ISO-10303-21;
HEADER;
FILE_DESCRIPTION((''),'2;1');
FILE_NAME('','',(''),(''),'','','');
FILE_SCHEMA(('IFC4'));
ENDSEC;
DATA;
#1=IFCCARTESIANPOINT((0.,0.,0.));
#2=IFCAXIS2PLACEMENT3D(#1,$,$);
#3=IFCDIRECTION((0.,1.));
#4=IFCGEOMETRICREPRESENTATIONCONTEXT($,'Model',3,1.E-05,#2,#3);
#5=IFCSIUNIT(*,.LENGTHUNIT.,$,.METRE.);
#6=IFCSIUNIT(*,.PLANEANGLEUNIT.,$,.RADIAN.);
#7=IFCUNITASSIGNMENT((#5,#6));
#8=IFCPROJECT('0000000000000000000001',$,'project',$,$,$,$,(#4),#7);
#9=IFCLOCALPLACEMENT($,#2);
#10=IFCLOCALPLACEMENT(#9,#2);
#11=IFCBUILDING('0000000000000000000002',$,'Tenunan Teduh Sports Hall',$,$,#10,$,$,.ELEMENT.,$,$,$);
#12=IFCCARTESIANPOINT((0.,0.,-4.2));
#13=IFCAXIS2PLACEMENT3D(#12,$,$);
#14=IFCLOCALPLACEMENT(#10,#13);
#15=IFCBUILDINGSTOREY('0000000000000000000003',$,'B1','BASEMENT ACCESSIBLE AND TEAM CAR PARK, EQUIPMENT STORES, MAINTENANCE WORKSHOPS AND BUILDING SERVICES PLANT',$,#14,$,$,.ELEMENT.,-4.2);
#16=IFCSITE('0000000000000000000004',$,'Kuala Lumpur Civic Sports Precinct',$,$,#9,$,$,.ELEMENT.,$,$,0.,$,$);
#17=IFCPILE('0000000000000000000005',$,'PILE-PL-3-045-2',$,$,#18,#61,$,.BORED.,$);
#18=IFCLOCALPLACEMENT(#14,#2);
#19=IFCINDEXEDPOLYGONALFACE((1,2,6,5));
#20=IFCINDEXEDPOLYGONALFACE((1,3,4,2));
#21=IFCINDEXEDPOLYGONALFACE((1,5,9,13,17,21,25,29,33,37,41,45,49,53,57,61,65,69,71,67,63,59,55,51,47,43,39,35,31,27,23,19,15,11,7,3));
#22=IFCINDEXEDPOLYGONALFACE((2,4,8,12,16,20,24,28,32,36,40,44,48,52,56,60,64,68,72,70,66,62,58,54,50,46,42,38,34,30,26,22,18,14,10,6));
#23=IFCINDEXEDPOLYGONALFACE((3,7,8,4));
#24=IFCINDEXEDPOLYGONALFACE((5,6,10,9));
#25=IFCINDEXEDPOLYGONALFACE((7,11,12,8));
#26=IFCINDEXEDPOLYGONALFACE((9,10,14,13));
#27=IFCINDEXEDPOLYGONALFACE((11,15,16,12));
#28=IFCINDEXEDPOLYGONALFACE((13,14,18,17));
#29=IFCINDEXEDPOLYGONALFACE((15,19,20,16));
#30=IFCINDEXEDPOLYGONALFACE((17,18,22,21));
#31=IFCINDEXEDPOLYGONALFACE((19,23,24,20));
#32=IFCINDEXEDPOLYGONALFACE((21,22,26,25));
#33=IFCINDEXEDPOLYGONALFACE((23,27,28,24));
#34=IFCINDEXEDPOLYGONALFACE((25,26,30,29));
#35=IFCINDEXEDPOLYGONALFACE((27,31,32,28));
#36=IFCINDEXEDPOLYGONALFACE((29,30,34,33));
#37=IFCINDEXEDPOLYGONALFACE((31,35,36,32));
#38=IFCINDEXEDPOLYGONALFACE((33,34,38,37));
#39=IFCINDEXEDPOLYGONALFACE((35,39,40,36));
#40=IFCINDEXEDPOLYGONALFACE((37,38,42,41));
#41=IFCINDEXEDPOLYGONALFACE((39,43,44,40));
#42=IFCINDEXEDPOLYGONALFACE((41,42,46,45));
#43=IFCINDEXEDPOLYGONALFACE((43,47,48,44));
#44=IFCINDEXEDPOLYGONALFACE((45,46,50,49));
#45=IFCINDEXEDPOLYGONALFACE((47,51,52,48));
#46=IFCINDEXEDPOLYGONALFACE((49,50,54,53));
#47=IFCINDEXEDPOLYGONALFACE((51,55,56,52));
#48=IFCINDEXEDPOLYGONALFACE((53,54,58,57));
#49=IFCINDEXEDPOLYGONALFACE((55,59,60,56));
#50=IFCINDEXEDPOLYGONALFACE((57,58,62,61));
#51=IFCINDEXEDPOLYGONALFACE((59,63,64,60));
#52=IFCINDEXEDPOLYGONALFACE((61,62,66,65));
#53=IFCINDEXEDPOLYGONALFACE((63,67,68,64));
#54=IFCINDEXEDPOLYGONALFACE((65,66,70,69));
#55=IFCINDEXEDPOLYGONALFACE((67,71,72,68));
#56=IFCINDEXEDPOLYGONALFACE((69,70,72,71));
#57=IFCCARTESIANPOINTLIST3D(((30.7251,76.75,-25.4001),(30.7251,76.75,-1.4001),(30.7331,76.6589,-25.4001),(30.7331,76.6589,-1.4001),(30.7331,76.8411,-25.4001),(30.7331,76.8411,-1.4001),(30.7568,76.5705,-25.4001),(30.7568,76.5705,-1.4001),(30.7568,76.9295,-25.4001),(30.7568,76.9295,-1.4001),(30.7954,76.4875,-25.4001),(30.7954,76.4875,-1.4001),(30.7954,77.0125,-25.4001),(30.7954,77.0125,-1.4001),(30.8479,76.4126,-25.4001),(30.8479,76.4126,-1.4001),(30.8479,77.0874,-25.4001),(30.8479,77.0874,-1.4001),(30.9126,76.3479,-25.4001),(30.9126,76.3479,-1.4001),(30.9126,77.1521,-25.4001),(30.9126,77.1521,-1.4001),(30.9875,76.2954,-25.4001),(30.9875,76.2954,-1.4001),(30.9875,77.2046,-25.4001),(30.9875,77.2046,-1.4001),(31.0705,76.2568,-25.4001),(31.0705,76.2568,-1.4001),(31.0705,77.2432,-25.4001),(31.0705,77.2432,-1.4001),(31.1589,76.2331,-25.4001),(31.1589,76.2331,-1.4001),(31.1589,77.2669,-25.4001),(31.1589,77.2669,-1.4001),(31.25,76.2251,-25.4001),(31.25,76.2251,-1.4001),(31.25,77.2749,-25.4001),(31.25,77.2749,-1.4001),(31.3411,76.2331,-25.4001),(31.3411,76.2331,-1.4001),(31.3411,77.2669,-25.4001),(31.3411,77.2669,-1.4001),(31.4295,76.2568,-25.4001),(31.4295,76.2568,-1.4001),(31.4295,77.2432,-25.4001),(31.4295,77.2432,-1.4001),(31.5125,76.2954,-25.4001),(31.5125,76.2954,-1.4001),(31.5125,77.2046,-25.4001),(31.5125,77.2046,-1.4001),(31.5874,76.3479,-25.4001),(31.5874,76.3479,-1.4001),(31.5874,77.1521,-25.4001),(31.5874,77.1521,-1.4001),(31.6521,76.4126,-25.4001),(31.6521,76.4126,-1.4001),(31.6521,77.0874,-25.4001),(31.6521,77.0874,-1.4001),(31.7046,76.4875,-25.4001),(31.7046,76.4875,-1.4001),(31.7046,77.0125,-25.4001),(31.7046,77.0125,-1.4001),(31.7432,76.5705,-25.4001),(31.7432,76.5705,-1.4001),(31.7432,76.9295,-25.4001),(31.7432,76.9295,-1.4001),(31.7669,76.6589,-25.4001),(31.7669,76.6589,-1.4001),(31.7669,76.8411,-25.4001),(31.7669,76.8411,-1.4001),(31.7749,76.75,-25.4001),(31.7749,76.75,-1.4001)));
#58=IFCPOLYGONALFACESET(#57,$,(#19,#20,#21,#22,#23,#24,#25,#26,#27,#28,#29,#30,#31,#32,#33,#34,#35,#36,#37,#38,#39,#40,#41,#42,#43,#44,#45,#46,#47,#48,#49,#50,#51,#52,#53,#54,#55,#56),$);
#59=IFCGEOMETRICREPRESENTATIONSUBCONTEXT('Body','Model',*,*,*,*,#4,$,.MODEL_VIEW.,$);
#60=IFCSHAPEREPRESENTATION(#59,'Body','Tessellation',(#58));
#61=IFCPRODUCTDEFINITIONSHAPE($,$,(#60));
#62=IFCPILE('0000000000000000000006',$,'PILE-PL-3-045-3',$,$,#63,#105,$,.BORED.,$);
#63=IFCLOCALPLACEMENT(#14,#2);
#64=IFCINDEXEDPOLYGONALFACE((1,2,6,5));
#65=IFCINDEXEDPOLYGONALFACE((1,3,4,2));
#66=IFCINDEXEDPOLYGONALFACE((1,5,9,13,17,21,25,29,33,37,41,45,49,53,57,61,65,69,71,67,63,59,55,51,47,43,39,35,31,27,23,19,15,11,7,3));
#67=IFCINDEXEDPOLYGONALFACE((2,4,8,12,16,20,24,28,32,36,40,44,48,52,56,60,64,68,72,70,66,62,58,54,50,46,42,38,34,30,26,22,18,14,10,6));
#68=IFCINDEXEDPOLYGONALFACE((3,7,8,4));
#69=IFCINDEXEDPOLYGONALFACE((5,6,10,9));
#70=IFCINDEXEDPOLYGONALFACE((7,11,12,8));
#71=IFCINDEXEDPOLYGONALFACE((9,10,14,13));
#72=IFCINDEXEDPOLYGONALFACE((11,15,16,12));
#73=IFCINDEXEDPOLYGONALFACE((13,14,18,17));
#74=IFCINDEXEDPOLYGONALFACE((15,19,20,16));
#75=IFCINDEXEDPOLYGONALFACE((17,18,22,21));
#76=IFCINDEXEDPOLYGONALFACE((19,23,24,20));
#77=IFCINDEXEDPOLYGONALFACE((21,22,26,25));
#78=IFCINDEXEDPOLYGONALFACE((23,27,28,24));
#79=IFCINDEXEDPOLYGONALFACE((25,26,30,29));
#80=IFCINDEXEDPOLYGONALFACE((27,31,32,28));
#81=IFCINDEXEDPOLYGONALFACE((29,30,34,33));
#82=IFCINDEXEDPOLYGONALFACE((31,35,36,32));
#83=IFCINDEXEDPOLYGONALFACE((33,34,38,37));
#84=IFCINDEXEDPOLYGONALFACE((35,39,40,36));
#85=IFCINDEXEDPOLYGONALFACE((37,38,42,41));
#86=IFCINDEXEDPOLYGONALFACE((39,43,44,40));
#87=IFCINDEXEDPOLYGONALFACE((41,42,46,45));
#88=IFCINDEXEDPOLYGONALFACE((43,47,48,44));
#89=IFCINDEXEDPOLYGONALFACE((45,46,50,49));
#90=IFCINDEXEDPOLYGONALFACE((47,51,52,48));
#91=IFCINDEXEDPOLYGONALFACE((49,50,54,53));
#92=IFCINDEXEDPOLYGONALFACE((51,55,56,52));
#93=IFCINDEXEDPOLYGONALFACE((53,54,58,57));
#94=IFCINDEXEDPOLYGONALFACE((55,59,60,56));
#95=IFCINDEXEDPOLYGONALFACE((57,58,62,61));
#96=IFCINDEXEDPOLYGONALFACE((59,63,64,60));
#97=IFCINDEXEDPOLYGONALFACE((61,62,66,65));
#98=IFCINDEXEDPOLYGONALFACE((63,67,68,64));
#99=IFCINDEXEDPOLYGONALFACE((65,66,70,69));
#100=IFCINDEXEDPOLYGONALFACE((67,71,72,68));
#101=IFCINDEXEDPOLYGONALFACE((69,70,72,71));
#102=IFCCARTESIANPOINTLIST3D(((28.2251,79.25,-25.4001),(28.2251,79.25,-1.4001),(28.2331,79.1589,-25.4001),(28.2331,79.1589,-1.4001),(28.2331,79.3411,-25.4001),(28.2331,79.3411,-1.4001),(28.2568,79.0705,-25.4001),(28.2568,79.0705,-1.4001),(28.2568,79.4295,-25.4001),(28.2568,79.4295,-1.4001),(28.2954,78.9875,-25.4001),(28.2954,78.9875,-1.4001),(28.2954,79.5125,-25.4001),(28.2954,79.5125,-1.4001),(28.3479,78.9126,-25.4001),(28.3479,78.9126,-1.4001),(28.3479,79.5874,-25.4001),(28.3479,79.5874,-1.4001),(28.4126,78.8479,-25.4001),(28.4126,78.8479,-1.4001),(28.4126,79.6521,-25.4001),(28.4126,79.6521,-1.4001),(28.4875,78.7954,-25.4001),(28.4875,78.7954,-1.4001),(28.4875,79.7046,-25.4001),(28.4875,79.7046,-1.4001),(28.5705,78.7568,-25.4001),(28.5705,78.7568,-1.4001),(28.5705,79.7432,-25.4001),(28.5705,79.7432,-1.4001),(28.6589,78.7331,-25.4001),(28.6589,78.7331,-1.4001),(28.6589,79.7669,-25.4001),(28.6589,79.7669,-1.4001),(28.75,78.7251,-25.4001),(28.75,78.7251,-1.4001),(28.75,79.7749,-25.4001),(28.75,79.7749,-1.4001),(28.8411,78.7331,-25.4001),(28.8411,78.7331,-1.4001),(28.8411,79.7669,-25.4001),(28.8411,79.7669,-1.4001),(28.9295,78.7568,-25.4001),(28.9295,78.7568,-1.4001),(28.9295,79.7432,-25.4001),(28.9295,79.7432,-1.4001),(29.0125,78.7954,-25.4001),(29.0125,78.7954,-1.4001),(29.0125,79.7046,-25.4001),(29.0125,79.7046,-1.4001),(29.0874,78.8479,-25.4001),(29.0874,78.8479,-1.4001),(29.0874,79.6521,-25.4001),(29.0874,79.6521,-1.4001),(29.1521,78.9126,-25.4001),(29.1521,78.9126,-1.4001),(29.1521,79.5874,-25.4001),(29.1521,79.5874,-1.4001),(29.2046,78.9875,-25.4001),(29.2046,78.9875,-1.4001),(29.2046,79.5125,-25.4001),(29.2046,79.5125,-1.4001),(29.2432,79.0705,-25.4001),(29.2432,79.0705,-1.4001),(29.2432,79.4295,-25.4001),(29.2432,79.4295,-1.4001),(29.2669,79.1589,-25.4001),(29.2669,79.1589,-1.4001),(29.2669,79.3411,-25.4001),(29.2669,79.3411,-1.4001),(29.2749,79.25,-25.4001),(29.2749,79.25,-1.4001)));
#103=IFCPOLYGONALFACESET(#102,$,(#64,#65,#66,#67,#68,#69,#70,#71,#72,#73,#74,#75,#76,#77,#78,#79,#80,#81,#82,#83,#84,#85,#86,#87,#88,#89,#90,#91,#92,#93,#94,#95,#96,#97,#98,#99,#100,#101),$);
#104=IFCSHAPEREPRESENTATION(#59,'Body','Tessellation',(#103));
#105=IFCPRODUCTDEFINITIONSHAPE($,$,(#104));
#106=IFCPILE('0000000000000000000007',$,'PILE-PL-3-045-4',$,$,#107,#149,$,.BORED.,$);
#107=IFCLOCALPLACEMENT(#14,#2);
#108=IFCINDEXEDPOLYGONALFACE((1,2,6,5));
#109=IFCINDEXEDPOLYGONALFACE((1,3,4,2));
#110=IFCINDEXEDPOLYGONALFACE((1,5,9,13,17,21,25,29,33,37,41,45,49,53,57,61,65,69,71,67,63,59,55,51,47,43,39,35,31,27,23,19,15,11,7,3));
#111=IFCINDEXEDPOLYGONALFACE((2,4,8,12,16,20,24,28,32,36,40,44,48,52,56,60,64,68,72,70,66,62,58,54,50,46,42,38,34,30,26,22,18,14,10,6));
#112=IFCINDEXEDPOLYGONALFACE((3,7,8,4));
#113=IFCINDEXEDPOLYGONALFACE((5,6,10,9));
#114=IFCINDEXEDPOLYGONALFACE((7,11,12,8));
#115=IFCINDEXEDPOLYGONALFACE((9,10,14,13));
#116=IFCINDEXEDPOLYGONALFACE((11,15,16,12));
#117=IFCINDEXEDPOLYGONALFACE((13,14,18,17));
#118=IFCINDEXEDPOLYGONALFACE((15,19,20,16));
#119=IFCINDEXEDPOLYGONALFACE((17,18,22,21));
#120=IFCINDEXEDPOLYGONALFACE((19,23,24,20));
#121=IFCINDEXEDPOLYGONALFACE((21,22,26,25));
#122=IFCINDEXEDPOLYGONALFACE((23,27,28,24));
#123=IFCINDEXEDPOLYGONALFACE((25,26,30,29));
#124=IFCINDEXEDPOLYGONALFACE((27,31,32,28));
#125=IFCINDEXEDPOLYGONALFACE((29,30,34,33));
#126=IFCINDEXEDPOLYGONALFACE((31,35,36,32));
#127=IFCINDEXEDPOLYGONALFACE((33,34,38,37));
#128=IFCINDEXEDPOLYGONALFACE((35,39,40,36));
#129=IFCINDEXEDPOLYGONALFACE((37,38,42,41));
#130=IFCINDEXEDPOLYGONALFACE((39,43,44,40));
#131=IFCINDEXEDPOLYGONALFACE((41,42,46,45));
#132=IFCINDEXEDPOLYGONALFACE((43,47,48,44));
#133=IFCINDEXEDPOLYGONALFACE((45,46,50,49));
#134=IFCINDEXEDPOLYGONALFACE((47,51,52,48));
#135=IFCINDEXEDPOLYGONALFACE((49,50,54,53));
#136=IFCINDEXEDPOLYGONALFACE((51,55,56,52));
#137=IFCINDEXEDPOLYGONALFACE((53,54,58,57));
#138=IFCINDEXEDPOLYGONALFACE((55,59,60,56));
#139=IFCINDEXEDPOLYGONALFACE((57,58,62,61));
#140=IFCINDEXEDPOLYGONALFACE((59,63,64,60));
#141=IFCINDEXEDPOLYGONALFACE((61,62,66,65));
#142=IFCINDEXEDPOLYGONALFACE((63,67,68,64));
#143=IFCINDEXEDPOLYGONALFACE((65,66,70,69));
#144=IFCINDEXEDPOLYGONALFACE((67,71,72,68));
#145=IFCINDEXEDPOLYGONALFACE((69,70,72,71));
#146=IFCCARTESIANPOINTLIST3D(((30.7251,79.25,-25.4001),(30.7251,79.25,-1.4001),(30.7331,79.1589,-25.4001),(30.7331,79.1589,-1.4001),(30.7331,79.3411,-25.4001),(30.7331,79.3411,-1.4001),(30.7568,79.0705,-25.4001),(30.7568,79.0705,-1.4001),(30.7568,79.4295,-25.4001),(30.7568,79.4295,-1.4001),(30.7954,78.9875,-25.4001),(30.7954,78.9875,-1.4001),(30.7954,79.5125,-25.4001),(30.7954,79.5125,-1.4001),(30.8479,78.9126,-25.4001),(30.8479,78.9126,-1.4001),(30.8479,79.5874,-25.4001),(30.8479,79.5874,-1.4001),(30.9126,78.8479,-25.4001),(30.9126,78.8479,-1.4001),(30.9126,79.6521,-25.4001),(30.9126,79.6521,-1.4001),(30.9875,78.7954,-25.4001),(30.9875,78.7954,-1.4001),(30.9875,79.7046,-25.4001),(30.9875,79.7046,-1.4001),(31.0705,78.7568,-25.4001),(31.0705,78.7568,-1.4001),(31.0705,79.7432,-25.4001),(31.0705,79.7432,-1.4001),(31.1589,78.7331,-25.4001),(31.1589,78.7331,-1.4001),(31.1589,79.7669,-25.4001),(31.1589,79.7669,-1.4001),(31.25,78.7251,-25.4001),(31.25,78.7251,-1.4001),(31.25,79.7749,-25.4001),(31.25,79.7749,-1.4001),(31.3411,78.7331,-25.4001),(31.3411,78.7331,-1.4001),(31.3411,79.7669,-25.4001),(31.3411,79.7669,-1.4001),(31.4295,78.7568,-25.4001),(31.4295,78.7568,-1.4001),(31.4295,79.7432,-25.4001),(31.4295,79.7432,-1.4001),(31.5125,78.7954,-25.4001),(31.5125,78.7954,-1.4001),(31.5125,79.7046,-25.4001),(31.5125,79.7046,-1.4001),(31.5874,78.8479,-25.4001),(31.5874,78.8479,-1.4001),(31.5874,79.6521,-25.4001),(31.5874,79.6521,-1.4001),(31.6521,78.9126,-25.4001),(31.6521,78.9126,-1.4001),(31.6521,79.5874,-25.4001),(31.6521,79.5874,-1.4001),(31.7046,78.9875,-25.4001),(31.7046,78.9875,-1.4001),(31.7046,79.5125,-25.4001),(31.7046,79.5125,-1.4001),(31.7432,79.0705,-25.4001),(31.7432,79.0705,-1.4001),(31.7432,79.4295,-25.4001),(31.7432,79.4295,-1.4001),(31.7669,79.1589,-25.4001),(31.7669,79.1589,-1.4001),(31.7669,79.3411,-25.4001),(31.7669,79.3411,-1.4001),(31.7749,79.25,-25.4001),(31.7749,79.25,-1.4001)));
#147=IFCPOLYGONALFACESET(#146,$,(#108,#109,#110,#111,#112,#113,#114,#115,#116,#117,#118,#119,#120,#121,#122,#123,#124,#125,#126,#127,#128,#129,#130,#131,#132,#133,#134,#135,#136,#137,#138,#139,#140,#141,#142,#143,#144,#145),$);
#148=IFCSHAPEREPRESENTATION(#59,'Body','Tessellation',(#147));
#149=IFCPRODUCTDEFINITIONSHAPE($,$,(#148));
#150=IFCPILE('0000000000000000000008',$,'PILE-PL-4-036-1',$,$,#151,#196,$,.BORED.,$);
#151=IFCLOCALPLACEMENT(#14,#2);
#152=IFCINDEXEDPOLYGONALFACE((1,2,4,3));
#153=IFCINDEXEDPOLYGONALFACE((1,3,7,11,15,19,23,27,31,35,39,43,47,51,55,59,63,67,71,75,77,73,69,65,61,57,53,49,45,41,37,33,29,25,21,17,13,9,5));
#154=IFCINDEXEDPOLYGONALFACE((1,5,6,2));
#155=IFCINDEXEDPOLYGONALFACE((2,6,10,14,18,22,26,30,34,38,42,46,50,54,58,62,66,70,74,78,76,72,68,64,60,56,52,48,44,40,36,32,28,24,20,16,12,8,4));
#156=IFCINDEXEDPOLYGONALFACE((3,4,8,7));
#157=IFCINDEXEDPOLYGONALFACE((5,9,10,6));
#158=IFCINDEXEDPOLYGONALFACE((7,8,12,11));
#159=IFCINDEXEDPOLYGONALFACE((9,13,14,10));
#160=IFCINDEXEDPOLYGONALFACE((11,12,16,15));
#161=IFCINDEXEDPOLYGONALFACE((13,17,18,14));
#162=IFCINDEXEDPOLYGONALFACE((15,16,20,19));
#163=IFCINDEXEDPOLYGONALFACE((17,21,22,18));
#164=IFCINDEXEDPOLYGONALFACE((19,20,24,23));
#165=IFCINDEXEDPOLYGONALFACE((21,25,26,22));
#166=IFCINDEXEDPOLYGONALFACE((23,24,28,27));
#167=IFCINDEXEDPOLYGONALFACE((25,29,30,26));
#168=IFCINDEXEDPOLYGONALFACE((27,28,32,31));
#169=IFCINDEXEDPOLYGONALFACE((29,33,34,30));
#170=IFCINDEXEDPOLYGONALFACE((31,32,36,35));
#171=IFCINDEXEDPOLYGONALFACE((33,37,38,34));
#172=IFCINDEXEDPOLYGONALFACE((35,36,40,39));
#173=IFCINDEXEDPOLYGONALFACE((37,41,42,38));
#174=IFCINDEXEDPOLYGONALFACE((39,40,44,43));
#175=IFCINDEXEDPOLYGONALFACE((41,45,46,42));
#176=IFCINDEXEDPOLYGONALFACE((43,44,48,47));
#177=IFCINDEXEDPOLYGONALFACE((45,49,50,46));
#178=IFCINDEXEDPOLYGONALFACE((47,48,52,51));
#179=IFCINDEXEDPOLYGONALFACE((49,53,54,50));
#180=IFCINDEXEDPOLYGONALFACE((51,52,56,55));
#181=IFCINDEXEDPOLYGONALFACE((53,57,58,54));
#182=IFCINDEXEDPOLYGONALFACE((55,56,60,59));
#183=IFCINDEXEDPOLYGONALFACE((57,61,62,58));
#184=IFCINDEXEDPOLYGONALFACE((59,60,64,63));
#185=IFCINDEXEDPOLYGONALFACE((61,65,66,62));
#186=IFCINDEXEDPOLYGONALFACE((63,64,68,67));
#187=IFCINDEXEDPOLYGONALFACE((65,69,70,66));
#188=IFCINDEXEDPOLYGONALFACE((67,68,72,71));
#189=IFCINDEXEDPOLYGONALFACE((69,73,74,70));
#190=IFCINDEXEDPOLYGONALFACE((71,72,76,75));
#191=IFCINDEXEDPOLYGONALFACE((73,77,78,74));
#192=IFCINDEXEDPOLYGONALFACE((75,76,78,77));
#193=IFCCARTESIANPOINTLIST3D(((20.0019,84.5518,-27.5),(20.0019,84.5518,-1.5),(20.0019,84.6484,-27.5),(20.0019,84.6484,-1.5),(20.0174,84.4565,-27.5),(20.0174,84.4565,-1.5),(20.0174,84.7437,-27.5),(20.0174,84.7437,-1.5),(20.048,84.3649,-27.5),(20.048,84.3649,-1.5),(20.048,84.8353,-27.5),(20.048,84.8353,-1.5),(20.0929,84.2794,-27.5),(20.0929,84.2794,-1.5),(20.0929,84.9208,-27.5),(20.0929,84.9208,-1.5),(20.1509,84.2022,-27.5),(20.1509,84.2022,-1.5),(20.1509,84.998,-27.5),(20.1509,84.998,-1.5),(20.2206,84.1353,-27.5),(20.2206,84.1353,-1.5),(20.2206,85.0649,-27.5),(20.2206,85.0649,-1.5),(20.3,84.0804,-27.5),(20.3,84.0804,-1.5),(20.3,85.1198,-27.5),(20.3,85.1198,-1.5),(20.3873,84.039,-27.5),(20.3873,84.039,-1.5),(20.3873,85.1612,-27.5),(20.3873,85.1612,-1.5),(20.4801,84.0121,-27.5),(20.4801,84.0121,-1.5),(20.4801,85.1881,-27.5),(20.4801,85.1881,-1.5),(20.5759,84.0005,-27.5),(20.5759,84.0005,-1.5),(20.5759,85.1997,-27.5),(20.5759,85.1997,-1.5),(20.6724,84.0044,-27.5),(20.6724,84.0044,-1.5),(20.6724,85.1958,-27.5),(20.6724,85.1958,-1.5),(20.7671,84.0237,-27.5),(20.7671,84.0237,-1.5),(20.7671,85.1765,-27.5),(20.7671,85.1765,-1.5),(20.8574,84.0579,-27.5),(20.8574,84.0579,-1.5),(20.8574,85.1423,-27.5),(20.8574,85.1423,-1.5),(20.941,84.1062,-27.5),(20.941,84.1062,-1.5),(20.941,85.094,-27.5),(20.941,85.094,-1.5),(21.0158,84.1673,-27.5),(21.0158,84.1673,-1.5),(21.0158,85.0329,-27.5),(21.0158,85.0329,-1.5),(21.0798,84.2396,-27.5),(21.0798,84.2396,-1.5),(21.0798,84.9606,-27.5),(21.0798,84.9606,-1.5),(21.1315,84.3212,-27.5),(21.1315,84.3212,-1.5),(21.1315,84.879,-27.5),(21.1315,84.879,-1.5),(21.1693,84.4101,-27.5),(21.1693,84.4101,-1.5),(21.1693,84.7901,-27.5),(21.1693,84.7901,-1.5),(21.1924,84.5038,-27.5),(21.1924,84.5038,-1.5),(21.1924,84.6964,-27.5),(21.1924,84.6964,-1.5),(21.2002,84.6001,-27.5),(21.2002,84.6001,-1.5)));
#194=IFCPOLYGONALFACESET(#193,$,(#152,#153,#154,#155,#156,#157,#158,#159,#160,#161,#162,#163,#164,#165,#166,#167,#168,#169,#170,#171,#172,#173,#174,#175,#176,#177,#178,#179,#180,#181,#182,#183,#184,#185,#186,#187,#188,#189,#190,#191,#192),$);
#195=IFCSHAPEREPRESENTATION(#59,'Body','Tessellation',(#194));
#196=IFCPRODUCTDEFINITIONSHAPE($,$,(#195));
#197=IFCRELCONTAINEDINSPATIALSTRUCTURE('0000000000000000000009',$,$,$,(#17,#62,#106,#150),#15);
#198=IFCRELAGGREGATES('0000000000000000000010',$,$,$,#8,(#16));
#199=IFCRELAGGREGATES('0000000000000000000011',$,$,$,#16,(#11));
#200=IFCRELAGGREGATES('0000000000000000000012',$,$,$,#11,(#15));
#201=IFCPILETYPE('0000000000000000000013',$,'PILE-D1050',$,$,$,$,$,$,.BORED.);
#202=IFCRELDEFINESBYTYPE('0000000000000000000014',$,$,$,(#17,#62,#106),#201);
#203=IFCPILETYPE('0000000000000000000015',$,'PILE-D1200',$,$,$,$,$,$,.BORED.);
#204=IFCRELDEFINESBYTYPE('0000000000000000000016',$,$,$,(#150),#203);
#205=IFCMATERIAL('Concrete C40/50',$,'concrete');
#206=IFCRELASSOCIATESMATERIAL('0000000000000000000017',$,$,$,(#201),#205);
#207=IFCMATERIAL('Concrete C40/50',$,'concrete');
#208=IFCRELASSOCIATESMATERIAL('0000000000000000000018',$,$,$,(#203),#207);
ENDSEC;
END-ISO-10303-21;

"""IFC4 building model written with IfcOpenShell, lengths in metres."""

from ifc_helpers import new_model, si_unit, direction, frame, origin, origin_2d, place, context, subcontext, project, spatial, circle, extrude, material, material_profile, profile_set, type_object, element, save


model = new_model("IFC4")

# Units and contexts
model_context = context("Model", 3, precision=1e-05, world=origin(), true_north=direction((0.0, 1.0)))
body_context = subcontext(model_context, "Body", "Model", "MODEL_VIEW")
ifc_project = project(units=[si_unit("LENGTHUNIT", "METRE"), si_unit("PLANEANGLEUNIT", "RADIAN")], contexts=[model_context])

# Site, building, storey
site_placement = place(None, origin())
site = spatial("IfcSite", under=ifc_project, at=site_placement, Name="Kuala Lumpur Civic Sports Precinct", CompositionType="ELEMENT", RefElevation=0.0)
building_placement = place(site_placement, origin())
building = spatial("IfcBuilding", under=site, at=building_placement, Name="Tenunan Teduh Sports Hall", CompositionType="ELEMENT")
storey_placement = place(building_placement, frame((0.0, 0.0, -4.2)))
storey = spatial("IfcBuildingStorey", under=building, at=storey_placement, Name="B1", Description="BASEMENT ACCESSIBLE AND TEAM CAR PARK, EQUIPMENT STORES, MAINTENANCE WORKSHOPS AND BUILDING SERVICES PLANT", CompositionType="ELEMENT", Elevation=-4.2)

# Piles
ifc_material_1 = material(Name="Concrete C40/50", Category="concrete")
ifc_material_profile_1 = material_profile(ifc_material_1, circle(Radius=0.5249, at=origin_2d()), Name="PILE D1050")
ifc_profile_set_1 = profile_set([ifc_material_profile_1], Name="Concrete C40/50")
pile_type_1 = type_object("IfcPileType", Name="PILE-D1050", PredefinedType="BORED", material=ifc_profile_set_1)
for number, where, z_axis, x_axis, name in (
    (1, (31.25, 76.75, -1.4001), (0.0, 0.0, -1.0), (1.0, 0.0, 0.0), "PILE-PL-3-045-2"),
    (2, (28.75, 79.25, -1.4001), (0.0, 0.0, -1.0), (1.0, 0.0, 0.0), "PILE-PL-3-045-3"),
    (3, (31.25, 79.25, -1.4001), (0.0, 0.0, -1.0), (1.0, 0.0, 0.0), "PILE-PL-3-045-4"),
):
    element("IfcPile", number, at=place(storey_placement, frame(where, z_axis=z_axis, x_axis=x_axis)), inside=storey, type_object=pile_type_1, Name=name, PredefinedType="BORED", context=body_context, shape_type="SweptSolid", body=[
        extrude(circle(Radius=0.5249, at=origin_2d()), origin(), (0.0, 0.0, 1.0), 24.0),
    ])
ifc_material_2 = material(Name="Concrete C40/50", Category="concrete")
ifc_material_profile_2 = material_profile(ifc_material_2, circle(Radius=0.6001, at=origin_2d()), Name="PILE D1200")
ifc_profile_set_2 = profile_set([ifc_material_profile_2], Name="Concrete C40/50")
pile_type_2 = type_object("IfcPileType", Name="PILE-D1200", PredefinedType="BORED", material=ifc_profile_set_2)
for number, where, z_axis, x_axis, name in (
    (4, (20.6001, 84.6001, -1.5), (0.0, 0.0, -1.0), (1.0, 0.0, 0.0), "PILE-PL-4-036-1"),
):
    element("IfcPile", number, at=place(storey_placement, frame(where, z_axis=z_axis, x_axis=x_axis)), inside=storey, type_object=pile_type_2, Name=name, PredefinedType="BORED", context=body_context, shape_type="SweptSolid", body=[
        extrude(circle(Radius=0.6001, at=origin_2d()), origin(), (0.0, 0.0, 1.0), 26.0),
    ])

save(model, "model.ifc")
